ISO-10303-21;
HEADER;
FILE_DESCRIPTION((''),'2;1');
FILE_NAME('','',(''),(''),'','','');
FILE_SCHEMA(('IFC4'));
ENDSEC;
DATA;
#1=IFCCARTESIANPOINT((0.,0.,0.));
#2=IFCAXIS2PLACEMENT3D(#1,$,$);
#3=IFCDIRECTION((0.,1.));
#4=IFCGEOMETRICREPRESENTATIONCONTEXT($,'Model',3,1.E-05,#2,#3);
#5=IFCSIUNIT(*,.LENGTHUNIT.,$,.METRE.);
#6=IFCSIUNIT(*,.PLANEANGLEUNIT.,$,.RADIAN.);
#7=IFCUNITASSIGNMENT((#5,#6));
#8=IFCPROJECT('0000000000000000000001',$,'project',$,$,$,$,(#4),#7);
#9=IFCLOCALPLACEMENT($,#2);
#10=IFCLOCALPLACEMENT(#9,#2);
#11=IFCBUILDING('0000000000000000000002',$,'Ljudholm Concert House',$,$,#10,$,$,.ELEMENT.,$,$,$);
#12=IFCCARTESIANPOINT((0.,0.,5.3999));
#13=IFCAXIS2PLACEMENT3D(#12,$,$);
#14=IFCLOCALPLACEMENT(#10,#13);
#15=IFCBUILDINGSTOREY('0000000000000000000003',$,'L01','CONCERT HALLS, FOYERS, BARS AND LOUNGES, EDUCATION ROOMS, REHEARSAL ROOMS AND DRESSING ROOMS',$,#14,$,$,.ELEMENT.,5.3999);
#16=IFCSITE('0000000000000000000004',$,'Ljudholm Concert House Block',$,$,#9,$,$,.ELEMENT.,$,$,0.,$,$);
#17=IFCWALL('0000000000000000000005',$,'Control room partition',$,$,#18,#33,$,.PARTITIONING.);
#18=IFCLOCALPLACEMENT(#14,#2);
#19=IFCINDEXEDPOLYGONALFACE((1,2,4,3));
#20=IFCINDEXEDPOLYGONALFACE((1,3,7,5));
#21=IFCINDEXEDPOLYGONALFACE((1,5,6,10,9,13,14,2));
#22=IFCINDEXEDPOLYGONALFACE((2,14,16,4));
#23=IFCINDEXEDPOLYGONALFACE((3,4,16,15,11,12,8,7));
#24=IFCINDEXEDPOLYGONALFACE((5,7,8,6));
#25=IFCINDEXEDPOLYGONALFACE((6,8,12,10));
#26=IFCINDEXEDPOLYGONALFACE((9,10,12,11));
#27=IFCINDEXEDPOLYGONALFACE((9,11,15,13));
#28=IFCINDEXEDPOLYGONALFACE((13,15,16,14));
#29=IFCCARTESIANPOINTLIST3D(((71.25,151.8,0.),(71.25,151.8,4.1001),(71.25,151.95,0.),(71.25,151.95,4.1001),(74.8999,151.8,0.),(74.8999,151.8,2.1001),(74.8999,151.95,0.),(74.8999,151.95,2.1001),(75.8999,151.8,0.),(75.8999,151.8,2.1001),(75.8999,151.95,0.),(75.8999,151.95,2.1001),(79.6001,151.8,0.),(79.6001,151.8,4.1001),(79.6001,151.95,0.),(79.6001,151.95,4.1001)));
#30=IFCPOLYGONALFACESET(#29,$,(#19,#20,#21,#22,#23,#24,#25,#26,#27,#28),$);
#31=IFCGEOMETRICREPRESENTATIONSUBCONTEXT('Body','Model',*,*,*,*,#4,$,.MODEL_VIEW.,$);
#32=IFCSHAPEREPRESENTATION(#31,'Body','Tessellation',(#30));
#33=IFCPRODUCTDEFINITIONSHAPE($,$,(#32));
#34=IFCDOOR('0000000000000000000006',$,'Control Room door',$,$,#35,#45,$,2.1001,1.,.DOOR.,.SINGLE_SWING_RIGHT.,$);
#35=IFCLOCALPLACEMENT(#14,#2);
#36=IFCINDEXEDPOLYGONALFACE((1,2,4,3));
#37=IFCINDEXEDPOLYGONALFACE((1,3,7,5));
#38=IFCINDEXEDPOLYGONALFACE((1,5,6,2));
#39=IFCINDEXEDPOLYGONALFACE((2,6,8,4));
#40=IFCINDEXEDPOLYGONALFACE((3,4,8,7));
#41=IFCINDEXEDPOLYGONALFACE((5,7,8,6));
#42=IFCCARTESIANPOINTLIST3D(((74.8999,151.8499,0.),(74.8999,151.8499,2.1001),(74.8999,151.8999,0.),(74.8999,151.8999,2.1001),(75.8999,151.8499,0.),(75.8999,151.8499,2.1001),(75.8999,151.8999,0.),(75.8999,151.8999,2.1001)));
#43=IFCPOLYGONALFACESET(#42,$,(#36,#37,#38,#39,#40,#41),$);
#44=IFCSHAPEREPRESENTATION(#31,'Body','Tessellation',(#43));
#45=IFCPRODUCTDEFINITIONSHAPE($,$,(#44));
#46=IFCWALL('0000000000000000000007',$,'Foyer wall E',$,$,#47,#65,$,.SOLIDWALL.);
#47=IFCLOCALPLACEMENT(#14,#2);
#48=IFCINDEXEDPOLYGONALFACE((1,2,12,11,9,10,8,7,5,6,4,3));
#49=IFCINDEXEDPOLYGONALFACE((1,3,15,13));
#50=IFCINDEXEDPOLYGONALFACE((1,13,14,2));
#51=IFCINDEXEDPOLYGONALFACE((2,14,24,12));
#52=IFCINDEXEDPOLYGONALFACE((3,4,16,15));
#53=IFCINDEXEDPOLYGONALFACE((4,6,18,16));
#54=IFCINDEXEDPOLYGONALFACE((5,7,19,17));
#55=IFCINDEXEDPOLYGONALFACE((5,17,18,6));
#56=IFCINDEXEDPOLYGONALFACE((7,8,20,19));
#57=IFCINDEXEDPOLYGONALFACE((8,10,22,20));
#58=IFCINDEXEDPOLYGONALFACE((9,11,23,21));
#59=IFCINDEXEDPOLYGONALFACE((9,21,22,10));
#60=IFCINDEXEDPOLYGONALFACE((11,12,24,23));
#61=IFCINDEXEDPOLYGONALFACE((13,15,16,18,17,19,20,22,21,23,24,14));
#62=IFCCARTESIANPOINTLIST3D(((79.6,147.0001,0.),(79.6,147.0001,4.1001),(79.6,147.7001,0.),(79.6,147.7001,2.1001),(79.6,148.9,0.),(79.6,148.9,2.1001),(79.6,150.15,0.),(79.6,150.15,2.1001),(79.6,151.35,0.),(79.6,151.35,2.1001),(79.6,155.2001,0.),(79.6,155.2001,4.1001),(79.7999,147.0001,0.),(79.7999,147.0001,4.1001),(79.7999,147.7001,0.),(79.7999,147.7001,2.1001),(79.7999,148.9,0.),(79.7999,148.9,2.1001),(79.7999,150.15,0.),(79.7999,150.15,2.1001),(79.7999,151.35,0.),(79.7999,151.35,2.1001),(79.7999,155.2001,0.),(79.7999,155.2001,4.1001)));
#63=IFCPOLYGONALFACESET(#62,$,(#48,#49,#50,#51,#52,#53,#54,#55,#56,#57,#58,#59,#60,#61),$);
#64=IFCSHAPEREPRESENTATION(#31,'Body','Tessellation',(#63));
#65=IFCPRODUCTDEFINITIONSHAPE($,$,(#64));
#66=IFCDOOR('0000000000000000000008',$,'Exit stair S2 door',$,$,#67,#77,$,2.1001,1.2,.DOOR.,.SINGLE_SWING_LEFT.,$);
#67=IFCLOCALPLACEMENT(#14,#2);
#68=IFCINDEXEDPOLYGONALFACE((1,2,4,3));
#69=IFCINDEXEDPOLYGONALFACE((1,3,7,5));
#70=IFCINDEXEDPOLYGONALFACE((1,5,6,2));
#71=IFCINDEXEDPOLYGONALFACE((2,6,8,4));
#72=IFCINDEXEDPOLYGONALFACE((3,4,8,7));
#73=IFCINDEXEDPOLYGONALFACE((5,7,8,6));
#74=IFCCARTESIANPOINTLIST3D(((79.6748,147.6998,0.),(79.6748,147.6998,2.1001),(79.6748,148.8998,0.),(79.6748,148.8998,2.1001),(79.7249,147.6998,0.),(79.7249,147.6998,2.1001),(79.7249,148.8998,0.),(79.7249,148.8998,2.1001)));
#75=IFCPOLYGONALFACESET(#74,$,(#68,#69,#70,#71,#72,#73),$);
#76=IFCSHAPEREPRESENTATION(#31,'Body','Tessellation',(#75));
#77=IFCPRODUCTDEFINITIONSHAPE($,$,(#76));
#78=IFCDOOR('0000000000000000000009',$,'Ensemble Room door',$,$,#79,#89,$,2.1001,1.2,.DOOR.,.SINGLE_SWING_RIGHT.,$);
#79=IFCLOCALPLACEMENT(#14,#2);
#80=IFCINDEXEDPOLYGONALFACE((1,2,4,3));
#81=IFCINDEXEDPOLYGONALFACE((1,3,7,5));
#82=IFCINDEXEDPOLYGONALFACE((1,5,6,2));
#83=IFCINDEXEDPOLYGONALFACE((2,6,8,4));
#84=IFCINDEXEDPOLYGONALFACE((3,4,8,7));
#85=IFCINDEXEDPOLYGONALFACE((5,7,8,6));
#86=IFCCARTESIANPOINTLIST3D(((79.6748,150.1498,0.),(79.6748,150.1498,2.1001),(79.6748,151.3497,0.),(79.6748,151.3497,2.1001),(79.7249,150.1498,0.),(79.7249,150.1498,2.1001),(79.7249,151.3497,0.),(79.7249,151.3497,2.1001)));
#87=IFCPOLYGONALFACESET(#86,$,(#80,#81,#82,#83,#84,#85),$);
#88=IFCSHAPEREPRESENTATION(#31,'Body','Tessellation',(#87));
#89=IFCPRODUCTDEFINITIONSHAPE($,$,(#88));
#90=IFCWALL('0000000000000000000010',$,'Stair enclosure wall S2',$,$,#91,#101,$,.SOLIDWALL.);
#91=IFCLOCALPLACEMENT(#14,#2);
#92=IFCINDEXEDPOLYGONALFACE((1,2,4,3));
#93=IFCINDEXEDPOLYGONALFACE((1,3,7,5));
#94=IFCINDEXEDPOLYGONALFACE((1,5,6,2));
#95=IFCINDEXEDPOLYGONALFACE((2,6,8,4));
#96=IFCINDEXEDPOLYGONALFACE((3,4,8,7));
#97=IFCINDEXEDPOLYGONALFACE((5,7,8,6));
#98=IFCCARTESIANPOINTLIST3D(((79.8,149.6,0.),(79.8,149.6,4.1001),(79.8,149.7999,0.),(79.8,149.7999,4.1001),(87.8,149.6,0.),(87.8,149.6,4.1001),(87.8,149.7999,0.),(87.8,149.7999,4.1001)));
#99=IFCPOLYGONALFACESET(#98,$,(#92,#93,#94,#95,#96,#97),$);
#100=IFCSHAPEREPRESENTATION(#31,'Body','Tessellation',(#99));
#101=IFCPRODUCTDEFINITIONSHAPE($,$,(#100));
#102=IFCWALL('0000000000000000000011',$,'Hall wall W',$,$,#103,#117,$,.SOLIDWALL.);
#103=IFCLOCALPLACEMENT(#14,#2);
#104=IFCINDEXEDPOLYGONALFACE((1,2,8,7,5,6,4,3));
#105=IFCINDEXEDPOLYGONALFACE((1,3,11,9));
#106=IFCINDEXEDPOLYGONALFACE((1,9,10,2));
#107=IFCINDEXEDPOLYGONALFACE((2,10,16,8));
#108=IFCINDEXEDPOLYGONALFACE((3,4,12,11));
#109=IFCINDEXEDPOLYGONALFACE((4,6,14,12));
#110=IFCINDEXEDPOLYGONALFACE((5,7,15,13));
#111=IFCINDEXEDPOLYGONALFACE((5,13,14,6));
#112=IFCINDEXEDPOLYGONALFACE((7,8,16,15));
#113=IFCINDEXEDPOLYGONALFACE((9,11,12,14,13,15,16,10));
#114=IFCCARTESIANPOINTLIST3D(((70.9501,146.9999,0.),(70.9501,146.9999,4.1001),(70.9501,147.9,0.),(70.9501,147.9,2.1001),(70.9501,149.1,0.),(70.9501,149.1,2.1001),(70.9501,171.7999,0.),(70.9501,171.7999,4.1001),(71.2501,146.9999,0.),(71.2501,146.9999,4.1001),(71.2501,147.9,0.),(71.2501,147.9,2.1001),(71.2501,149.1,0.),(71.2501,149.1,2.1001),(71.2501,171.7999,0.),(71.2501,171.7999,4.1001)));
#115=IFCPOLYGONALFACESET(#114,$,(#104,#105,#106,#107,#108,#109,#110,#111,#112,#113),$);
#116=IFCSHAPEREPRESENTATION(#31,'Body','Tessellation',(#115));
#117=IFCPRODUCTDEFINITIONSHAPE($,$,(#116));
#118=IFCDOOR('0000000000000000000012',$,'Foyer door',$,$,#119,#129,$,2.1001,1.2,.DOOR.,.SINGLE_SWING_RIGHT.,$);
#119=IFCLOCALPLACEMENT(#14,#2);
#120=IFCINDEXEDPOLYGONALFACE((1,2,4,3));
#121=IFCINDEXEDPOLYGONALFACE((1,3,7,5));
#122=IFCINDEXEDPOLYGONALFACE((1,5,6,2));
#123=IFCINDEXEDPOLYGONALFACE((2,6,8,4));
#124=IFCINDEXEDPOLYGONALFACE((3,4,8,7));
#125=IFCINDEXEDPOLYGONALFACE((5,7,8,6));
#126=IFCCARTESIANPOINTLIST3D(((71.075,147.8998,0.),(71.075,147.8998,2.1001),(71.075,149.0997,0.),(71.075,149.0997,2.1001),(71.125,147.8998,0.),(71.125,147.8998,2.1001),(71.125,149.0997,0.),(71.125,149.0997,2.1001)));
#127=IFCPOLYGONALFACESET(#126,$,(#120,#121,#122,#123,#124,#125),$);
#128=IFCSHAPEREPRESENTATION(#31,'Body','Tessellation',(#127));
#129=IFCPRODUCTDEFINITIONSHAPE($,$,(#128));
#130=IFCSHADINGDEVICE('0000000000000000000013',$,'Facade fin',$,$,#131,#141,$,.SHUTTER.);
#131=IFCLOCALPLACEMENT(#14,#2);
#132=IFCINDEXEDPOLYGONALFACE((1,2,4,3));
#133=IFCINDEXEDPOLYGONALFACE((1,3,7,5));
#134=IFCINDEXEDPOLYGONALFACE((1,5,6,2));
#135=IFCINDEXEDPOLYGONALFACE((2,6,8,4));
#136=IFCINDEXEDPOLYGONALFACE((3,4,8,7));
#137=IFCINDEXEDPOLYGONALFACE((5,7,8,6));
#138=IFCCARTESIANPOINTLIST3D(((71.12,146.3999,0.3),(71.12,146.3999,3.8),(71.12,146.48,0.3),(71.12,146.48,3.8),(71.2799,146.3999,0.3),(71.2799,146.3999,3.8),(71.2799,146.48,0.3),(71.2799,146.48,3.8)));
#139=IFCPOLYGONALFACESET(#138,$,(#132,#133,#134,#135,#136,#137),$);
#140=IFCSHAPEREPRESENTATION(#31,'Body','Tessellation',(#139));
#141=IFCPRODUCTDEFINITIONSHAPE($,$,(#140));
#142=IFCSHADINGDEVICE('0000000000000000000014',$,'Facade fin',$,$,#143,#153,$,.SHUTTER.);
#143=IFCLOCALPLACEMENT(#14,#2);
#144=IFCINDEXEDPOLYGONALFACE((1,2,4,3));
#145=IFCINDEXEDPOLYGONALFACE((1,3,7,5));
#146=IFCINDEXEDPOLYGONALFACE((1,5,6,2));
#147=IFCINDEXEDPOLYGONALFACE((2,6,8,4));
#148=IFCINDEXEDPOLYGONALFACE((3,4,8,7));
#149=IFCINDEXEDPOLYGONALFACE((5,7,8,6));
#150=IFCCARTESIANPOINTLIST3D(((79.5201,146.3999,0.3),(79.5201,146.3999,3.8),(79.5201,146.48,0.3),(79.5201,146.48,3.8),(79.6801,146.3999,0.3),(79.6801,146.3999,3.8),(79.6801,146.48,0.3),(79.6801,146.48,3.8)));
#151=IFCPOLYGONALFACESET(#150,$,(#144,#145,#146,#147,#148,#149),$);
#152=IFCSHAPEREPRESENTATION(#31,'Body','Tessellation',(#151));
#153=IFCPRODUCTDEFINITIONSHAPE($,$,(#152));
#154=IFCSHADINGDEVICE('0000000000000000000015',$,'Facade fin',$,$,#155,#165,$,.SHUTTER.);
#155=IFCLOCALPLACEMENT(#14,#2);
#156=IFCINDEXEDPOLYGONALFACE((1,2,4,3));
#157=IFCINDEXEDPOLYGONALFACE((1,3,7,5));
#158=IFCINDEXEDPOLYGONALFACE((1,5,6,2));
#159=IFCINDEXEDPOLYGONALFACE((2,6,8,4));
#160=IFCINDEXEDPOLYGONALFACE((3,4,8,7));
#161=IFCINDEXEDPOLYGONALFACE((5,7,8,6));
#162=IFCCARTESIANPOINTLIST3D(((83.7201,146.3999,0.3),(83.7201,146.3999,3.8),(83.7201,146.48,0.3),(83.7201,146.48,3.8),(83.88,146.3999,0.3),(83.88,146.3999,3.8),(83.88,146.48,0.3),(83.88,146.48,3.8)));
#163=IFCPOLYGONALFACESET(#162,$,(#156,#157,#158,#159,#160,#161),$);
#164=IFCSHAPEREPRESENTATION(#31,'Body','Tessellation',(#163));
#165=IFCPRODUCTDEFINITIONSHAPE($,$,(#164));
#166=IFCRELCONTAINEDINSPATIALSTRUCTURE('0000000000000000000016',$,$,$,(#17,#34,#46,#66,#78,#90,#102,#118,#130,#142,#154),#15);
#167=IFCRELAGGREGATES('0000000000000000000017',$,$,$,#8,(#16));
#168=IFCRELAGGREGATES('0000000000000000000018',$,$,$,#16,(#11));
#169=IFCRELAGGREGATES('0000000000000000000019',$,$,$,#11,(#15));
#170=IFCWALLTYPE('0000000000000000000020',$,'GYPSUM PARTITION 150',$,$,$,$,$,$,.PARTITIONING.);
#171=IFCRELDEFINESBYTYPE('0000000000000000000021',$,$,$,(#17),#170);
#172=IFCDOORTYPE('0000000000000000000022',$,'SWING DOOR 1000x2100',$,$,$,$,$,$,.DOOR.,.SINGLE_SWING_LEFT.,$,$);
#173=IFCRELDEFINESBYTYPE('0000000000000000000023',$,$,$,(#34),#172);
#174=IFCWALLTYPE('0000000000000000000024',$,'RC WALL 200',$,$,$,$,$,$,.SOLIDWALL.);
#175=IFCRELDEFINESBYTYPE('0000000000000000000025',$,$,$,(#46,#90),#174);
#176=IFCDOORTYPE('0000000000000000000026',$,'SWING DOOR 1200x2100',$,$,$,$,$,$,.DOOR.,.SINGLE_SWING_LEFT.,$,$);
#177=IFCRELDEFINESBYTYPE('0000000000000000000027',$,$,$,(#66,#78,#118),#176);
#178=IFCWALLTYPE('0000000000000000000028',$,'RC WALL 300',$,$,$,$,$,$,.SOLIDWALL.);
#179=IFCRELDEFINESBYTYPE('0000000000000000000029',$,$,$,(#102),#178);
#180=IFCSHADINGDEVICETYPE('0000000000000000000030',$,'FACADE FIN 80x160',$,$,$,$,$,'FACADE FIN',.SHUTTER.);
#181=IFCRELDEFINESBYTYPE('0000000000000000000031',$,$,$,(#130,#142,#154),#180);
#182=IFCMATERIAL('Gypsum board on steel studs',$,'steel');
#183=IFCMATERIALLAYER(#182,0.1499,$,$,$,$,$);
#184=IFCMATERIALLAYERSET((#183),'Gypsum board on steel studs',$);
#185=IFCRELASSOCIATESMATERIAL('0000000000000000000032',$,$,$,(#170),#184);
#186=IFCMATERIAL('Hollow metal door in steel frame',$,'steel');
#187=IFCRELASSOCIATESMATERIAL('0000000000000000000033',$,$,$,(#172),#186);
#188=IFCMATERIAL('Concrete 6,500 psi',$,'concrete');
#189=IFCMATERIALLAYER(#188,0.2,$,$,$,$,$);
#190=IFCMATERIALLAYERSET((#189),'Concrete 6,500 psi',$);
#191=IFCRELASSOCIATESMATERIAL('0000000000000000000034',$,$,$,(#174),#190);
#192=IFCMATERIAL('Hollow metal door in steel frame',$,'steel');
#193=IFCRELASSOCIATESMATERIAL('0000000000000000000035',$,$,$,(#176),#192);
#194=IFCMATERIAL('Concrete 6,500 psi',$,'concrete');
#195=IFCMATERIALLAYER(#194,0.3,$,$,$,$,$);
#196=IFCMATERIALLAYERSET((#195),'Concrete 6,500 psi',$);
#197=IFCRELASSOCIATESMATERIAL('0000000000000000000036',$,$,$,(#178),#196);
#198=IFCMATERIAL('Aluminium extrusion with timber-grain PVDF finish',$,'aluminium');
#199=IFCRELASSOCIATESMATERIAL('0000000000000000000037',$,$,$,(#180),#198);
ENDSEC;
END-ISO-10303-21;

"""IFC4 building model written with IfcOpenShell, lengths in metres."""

from ifc_helpers import new_model, si_unit, direction, frame, frame_2d, origin, origin_2d, place, context, subcontext, project, spatial, rectangle, extrude, material, layer, layer_set, type_object, element, fill, save


model = new_model("IFC4")

# Units and contexts
model_context = context("Model", 3, precision=1e-05, world=origin(), true_north=direction((0.0, 1.0)))
body_context = subcontext(model_context, "Body", "Model", "MODEL_VIEW")
ifc_project = project(units=[si_unit("LENGTHUNIT", "METRE"), si_unit("PLANEANGLEUNIT", "RADIAN")], contexts=[model_context])

# Site, building, storey
site_placement = place(None, origin())
site = spatial("IfcSite", under=ifc_project, at=site_placement, Name="Ljudholm Concert House Block", CompositionType="ELEMENT", RefElevation=0.0)
building_placement = place(site_placement, origin())
building = spatial("IfcBuilding", under=site, at=building_placement, Name="Ljudholm Concert House", CompositionType="ELEMENT")
storey_placement = place(building_placement, frame((0.0, 0.0, 5.3999)))
storey = spatial("IfcBuildingStorey", under=building, at=storey_placement, Name="L01", Description="CONCERT HALLS, FOYERS, BARS AND LOUNGES, EDUCATION ROOMS, REHEARSAL ROOMS AND DRESSING ROOMS", CompositionType="ELEMENT", Elevation=5.3999)

# Wall, opening, door
ifc_material_1 = material(Name="Gypsum board on steel studs", Category="steel")
ifc_layer_1 = layer(ifc_material_1, 0.1499)
ifc_layer_set_1 = layer_set([ifc_layer_1], Name="Gypsum board on steel studs")
wall_type_1 = type_object("IfcWallType", Name="GYPSUM PARTITION 150", PredefinedType="PARTITIONING", material=ifc_layer_set_1)
wall_1_placement = place(storey_placement, frame((71.25, 151.875, 0.0), z_axis=(0.0, 0.0, 1.0), x_axis=(1.0, 0.0, 0.0)))
wall_1 = element("IfcWall", 1, at=wall_1_placement, inside=storey, type_object=wall_type_1, Name="Control room partition", PredefinedType="PARTITIONING", context=body_context, shape_type="SweptSolid", body=[
    extrude(rectangle(XDim=8.3501, YDim=0.1499, at=frame_2d((4.175, 0.0))), origin(), (0.0, 0.0, 1.0), 4.1001),
])
opening_1_placement = place(wall_1_placement, frame((3.6499, 0.0, 0.0)))
opening_1 = element("IfcOpeningElement", 2, at=opening_1_placement, cuts=wall_1, PredefinedType="OPENING", context=body_context, shape_type="SweptSolid", body=[
    extrude(rectangle(XDim=1.0, YDim=2.1001, at=frame_2d((0.5, 1.05))), frame((0.0, 0.085, 0.0), z_axis=(0.0, -1.0, 0.0), x_axis=(1.0, 0.0, 0.0)), (0.0, 0.0, 1.0), 0.1699),
])
ifc_material_2 = material(Name="Hollow metal door in steel frame", Category="steel")
door_type_1 = type_object("IfcDoorType", Name="SWING DOOR 1000x2100", OperationType="SINGLE_SWING_LEFT", PredefinedType="DOOR", material=ifc_material_2)
door_1_placement = place(opening_1_placement, origin())
door_1 = element("IfcDoor", 3, at=door_1_placement, inside=storey, type_object=door_type_1, Name="Control Room door", OperationType="SINGLE_SWING_RIGHT", OverallHeight=2.1001, OverallWidth=1.0, PredefinedType="DOOR", context=body_context, shape_type="SweptSolid", body=[
    extrude(rectangle(XDim=1.0, YDim=2.1001, at=frame_2d((0.5, 1.05))), frame((0.0, 0.0249, 0.0), z_axis=(0.0, -1.0, 0.0), x_axis=(1.0, 0.0, 0.0)), (0.0, 0.0, 1.0), 0.05),
])
fill(opening_1, door_1)

# Wall, openings, doors
ifc_material_3 = material(Name="Concrete 6,500 psi", Category="concrete")
ifc_layer_2 = layer(ifc_material_3, 0.2)
ifc_layer_set_2 = layer_set([ifc_layer_2], Name="Concrete 6,500 psi")
wall_type_2 = type_object("IfcWallType", Name="RC WALL 200", PredefinedType="SOLIDWALL", material=ifc_layer_set_2)
wall_2_placement = place(storey_placement, frame((79.7, 147.0, 0.0), z_axis=(0.0, 0.0, 1.0), x_axis=(0.0, 1.0, 0.0)))
wall_2 = element("IfcWall", 4, at=wall_2_placement, inside=storey, type_object=wall_type_2, Name="Foyer wall E", PredefinedType="SOLIDWALL", context=body_context, shape_type="SweptSolid", body=[
    extrude(rectangle(XDim=8.2, YDim=0.2, at=frame_2d((4.1001, 0.0))), origin(), (0.0, 0.0, 1.0), 4.1001),
])
opening_2_placement = place(wall_2_placement, frame((0.7, 0.0, 0.0)))
opening_2 = element("IfcOpeningElement", 5, at=opening_2_placement, cuts=wall_2, PredefinedType="OPENING", context=body_context, shape_type="SweptSolid", body=[
    extrude(rectangle(XDim=1.2, YDim=2.1001, at=frame_2d((0.6001, 1.05))), frame((0.0, 0.1099, 0.0), z_axis=(0.0, -1.0, 0.0), x_axis=(1.0, 0.0, 0.0)), (0.0, 0.0, 1.0), 0.22),
])
opening_3_placement = place(wall_2_placement, frame((3.1499, 0.0, 0.0)))
opening_3 = element("IfcOpeningElement", 6, at=opening_3_placement, cuts=wall_2, PredefinedType="OPENING", context=body_context, shape_type="SweptSolid", body=[
    extrude(rectangle(XDim=1.2, YDim=2.1001, at=frame_2d((0.6001, 1.05))), frame((0.0, 0.1099, 0.0), z_axis=(0.0, -1.0, 0.0), x_axis=(1.0, 0.0, 0.0)), (0.0, 0.0, 1.0), 0.22),
])
ifc_material_4 = material(Name="Hollow metal door in steel frame", Category="steel")
door_type_2 = type_object("IfcDoorType", Name="SWING DOOR 1200x2100", OperationType="SINGLE_SWING_LEFT", PredefinedType="DOOR", material=ifc_material_4)
door_2_placement = place(opening_2_placement, frame((1.2, 0.0, 0.0), z_axis=(0.0, 0.0, 1.0), x_axis=(-1.0, 0.0, 0.0)))
door_2 = element("IfcDoor", 7, at=door_2_placement, inside=storey, type_object=door_type_2, Name="Exit stair S2 door", OperationType="SINGLE_SWING_LEFT", OverallHeight=2.1001, OverallWidth=1.2, PredefinedType="DOOR", context=body_context, shape_type="SweptSolid", body=[
    extrude(rectangle(XDim=1.2, YDim=2.1001, at=frame_2d((0.6001, 1.05))), frame((0.0, 0.0249, 0.0), z_axis=(0.0, -1.0, 0.0), x_axis=(1.0, 0.0, 0.0)), (0.0, 0.0, 1.0), 0.05),
])
fill(opening_2, door_2)
door_3_placement = place(opening_3_placement, frame((1.2, 0.0, 0.0), z_axis=(0.0, 0.0, 1.0), x_axis=(-1.0, 0.0, 0.0)))
door_3 = element("IfcDoor", 8, at=door_3_placement, inside=storey, type_object=door_type_2, Name="Ensemble Room door", OperationType="SINGLE_SWING_RIGHT", OverallHeight=2.1001, OverallWidth=1.2, PredefinedType="DOOR", context=body_context, shape_type="SweptSolid", body=[
    extrude(rectangle(XDim=1.2, YDim=2.1001, at=frame_2d((0.6001, 1.05))), frame((0.0, 0.0249, 0.0), z_axis=(0.0, -1.0, 0.0), x_axis=(1.0, 0.0, 0.0)), (0.0, 0.0, 1.0), 0.05),
])
fill(opening_3, door_3)

# Wall
wall_3_placement = place(storey_placement, frame((79.8, 149.7, 0.0), z_axis=(0.0, 0.0, 1.0), x_axis=(1.0, 0.0, 0.0)))
element("IfcWall", 9, at=wall_3_placement, inside=storey, type_object=wall_type_2, Name="Stair enclosure wall S2", PredefinedType="SOLIDWALL", context=body_context, shape_type="SweptSolid", body=[
    extrude(rectangle(XDim=8.0, YDim=0.2, at=frame_2d((4.0, 0.0))), origin(), (0.0, 0.0, 1.0), 4.1001),
])

# Wall, opening, door
ifc_material_5 = material(Name="Concrete 6,500 psi", Category="concrete")
ifc_layer_3 = layer(ifc_material_5, 0.3)
ifc_layer_set_3 = layer_set([ifc_layer_3], Name="Concrete 6,500 psi")
wall_type_3 = type_object("IfcWallType", Name="RC WALL 300", PredefinedType="SOLIDWALL", material=ifc_layer_set_3)
wall_4_placement = place(storey_placement, frame((71.1001, 147.0, 0.0), z_axis=(0.0, 0.0, 1.0), x_axis=(0.0, 1.0, 0.0)))
wall_4 = element("IfcWall", 10, at=wall_4_placement, inside=storey, type_object=wall_type_3, Name="Hall wall W", PredefinedType="SOLIDWALL", context=body_context, shape_type="SweptSolid", body=[
    extrude(rectangle(XDim=24.8, YDim=0.3, at=frame_2d((12.3999, 0.0))), origin(), (0.0, 0.0, 1.0), 4.1001),
])
opening_4_placement = place(wall_4_placement, frame((0.8999, 0.0, 0.0)))
opening_4 = element("IfcOpeningElement", 11, at=opening_4_placement, cuts=wall_4, PredefinedType="OPENING", context=body_context, shape_type="SweptSolid", body=[
    extrude(rectangle(XDim=1.2, YDim=2.1001, at=frame_2d((0.6001, 1.05))), frame((0.0, 0.1599, 0.0), z_axis=(0.0, -1.0, 0.0), x_axis=(1.0, 0.0, 0.0)), (0.0, 0.0, 1.0), 0.3201),
])
door_4_placement = place(opening_4_placement, frame((1.2, 0.0, 0.0), z_axis=(0.0, 0.0, 1.0), x_axis=(-1.0, 0.0, 0.0)))
door_4 = element("IfcDoor", 12, at=door_4_placement, inside=storey, type_object=door_type_2, Name="Foyer door", OperationType="SINGLE_SWING_RIGHT", OverallHeight=2.1001, OverallWidth=1.2, PredefinedType="DOOR", context=body_context, shape_type="SweptSolid", body=[
    extrude(rectangle(XDim=1.2, YDim=2.1001, at=frame_2d((0.6001, 1.05))), frame((0.0, 0.0249, 0.0), z_axis=(0.0, -1.0, 0.0), x_axis=(1.0, 0.0, 0.0)), (0.0, 0.0, 1.0), 0.05),
])
fill(opening_4, door_4)

# Shading devices
ifc_material_6 = material(Name="Aluminium extrusion with timber-grain PVDF finish", Category="aluminium")
shading_device_type = type_object("IfcShadingDeviceType", Name="FACADE FIN 80x160", ElementType="FACADE FIN", PredefinedType="SHUTTER", material=ifc_material_6)
for number, where, z_axis, x_axis, name in (
    (13, (71.2, 146.4399, 0.3), (0.0, 0.0, 1.0), (0.0, -1.0, 0.0), "Facade fin"),
    (14, (79.6001, 146.4399, 0.3), (0.0, 0.0, 1.0), (0.0, -1.0, 0.0), "Facade fin"),
    (15, (83.8, 146.4399, 0.3), (0.0, 0.0, 1.0), (0.0, -1.0, 0.0), "Facade fin"),
):
    element("IfcShadingDevice", number, at=place(storey_placement, frame(where, z_axis=z_axis, x_axis=x_axis)), inside=storey, type_object=shading_device_type, Name=name, PredefinedType="SHUTTER", context=body_context, shape_type="SweptSolid", body=[
        extrude(rectangle(XDim=0.0801, YDim=0.1599, at=origin_2d()), origin(), (0.0, 0.0, 1.0), 3.5),
    ])

save(model, "model.ifc")
